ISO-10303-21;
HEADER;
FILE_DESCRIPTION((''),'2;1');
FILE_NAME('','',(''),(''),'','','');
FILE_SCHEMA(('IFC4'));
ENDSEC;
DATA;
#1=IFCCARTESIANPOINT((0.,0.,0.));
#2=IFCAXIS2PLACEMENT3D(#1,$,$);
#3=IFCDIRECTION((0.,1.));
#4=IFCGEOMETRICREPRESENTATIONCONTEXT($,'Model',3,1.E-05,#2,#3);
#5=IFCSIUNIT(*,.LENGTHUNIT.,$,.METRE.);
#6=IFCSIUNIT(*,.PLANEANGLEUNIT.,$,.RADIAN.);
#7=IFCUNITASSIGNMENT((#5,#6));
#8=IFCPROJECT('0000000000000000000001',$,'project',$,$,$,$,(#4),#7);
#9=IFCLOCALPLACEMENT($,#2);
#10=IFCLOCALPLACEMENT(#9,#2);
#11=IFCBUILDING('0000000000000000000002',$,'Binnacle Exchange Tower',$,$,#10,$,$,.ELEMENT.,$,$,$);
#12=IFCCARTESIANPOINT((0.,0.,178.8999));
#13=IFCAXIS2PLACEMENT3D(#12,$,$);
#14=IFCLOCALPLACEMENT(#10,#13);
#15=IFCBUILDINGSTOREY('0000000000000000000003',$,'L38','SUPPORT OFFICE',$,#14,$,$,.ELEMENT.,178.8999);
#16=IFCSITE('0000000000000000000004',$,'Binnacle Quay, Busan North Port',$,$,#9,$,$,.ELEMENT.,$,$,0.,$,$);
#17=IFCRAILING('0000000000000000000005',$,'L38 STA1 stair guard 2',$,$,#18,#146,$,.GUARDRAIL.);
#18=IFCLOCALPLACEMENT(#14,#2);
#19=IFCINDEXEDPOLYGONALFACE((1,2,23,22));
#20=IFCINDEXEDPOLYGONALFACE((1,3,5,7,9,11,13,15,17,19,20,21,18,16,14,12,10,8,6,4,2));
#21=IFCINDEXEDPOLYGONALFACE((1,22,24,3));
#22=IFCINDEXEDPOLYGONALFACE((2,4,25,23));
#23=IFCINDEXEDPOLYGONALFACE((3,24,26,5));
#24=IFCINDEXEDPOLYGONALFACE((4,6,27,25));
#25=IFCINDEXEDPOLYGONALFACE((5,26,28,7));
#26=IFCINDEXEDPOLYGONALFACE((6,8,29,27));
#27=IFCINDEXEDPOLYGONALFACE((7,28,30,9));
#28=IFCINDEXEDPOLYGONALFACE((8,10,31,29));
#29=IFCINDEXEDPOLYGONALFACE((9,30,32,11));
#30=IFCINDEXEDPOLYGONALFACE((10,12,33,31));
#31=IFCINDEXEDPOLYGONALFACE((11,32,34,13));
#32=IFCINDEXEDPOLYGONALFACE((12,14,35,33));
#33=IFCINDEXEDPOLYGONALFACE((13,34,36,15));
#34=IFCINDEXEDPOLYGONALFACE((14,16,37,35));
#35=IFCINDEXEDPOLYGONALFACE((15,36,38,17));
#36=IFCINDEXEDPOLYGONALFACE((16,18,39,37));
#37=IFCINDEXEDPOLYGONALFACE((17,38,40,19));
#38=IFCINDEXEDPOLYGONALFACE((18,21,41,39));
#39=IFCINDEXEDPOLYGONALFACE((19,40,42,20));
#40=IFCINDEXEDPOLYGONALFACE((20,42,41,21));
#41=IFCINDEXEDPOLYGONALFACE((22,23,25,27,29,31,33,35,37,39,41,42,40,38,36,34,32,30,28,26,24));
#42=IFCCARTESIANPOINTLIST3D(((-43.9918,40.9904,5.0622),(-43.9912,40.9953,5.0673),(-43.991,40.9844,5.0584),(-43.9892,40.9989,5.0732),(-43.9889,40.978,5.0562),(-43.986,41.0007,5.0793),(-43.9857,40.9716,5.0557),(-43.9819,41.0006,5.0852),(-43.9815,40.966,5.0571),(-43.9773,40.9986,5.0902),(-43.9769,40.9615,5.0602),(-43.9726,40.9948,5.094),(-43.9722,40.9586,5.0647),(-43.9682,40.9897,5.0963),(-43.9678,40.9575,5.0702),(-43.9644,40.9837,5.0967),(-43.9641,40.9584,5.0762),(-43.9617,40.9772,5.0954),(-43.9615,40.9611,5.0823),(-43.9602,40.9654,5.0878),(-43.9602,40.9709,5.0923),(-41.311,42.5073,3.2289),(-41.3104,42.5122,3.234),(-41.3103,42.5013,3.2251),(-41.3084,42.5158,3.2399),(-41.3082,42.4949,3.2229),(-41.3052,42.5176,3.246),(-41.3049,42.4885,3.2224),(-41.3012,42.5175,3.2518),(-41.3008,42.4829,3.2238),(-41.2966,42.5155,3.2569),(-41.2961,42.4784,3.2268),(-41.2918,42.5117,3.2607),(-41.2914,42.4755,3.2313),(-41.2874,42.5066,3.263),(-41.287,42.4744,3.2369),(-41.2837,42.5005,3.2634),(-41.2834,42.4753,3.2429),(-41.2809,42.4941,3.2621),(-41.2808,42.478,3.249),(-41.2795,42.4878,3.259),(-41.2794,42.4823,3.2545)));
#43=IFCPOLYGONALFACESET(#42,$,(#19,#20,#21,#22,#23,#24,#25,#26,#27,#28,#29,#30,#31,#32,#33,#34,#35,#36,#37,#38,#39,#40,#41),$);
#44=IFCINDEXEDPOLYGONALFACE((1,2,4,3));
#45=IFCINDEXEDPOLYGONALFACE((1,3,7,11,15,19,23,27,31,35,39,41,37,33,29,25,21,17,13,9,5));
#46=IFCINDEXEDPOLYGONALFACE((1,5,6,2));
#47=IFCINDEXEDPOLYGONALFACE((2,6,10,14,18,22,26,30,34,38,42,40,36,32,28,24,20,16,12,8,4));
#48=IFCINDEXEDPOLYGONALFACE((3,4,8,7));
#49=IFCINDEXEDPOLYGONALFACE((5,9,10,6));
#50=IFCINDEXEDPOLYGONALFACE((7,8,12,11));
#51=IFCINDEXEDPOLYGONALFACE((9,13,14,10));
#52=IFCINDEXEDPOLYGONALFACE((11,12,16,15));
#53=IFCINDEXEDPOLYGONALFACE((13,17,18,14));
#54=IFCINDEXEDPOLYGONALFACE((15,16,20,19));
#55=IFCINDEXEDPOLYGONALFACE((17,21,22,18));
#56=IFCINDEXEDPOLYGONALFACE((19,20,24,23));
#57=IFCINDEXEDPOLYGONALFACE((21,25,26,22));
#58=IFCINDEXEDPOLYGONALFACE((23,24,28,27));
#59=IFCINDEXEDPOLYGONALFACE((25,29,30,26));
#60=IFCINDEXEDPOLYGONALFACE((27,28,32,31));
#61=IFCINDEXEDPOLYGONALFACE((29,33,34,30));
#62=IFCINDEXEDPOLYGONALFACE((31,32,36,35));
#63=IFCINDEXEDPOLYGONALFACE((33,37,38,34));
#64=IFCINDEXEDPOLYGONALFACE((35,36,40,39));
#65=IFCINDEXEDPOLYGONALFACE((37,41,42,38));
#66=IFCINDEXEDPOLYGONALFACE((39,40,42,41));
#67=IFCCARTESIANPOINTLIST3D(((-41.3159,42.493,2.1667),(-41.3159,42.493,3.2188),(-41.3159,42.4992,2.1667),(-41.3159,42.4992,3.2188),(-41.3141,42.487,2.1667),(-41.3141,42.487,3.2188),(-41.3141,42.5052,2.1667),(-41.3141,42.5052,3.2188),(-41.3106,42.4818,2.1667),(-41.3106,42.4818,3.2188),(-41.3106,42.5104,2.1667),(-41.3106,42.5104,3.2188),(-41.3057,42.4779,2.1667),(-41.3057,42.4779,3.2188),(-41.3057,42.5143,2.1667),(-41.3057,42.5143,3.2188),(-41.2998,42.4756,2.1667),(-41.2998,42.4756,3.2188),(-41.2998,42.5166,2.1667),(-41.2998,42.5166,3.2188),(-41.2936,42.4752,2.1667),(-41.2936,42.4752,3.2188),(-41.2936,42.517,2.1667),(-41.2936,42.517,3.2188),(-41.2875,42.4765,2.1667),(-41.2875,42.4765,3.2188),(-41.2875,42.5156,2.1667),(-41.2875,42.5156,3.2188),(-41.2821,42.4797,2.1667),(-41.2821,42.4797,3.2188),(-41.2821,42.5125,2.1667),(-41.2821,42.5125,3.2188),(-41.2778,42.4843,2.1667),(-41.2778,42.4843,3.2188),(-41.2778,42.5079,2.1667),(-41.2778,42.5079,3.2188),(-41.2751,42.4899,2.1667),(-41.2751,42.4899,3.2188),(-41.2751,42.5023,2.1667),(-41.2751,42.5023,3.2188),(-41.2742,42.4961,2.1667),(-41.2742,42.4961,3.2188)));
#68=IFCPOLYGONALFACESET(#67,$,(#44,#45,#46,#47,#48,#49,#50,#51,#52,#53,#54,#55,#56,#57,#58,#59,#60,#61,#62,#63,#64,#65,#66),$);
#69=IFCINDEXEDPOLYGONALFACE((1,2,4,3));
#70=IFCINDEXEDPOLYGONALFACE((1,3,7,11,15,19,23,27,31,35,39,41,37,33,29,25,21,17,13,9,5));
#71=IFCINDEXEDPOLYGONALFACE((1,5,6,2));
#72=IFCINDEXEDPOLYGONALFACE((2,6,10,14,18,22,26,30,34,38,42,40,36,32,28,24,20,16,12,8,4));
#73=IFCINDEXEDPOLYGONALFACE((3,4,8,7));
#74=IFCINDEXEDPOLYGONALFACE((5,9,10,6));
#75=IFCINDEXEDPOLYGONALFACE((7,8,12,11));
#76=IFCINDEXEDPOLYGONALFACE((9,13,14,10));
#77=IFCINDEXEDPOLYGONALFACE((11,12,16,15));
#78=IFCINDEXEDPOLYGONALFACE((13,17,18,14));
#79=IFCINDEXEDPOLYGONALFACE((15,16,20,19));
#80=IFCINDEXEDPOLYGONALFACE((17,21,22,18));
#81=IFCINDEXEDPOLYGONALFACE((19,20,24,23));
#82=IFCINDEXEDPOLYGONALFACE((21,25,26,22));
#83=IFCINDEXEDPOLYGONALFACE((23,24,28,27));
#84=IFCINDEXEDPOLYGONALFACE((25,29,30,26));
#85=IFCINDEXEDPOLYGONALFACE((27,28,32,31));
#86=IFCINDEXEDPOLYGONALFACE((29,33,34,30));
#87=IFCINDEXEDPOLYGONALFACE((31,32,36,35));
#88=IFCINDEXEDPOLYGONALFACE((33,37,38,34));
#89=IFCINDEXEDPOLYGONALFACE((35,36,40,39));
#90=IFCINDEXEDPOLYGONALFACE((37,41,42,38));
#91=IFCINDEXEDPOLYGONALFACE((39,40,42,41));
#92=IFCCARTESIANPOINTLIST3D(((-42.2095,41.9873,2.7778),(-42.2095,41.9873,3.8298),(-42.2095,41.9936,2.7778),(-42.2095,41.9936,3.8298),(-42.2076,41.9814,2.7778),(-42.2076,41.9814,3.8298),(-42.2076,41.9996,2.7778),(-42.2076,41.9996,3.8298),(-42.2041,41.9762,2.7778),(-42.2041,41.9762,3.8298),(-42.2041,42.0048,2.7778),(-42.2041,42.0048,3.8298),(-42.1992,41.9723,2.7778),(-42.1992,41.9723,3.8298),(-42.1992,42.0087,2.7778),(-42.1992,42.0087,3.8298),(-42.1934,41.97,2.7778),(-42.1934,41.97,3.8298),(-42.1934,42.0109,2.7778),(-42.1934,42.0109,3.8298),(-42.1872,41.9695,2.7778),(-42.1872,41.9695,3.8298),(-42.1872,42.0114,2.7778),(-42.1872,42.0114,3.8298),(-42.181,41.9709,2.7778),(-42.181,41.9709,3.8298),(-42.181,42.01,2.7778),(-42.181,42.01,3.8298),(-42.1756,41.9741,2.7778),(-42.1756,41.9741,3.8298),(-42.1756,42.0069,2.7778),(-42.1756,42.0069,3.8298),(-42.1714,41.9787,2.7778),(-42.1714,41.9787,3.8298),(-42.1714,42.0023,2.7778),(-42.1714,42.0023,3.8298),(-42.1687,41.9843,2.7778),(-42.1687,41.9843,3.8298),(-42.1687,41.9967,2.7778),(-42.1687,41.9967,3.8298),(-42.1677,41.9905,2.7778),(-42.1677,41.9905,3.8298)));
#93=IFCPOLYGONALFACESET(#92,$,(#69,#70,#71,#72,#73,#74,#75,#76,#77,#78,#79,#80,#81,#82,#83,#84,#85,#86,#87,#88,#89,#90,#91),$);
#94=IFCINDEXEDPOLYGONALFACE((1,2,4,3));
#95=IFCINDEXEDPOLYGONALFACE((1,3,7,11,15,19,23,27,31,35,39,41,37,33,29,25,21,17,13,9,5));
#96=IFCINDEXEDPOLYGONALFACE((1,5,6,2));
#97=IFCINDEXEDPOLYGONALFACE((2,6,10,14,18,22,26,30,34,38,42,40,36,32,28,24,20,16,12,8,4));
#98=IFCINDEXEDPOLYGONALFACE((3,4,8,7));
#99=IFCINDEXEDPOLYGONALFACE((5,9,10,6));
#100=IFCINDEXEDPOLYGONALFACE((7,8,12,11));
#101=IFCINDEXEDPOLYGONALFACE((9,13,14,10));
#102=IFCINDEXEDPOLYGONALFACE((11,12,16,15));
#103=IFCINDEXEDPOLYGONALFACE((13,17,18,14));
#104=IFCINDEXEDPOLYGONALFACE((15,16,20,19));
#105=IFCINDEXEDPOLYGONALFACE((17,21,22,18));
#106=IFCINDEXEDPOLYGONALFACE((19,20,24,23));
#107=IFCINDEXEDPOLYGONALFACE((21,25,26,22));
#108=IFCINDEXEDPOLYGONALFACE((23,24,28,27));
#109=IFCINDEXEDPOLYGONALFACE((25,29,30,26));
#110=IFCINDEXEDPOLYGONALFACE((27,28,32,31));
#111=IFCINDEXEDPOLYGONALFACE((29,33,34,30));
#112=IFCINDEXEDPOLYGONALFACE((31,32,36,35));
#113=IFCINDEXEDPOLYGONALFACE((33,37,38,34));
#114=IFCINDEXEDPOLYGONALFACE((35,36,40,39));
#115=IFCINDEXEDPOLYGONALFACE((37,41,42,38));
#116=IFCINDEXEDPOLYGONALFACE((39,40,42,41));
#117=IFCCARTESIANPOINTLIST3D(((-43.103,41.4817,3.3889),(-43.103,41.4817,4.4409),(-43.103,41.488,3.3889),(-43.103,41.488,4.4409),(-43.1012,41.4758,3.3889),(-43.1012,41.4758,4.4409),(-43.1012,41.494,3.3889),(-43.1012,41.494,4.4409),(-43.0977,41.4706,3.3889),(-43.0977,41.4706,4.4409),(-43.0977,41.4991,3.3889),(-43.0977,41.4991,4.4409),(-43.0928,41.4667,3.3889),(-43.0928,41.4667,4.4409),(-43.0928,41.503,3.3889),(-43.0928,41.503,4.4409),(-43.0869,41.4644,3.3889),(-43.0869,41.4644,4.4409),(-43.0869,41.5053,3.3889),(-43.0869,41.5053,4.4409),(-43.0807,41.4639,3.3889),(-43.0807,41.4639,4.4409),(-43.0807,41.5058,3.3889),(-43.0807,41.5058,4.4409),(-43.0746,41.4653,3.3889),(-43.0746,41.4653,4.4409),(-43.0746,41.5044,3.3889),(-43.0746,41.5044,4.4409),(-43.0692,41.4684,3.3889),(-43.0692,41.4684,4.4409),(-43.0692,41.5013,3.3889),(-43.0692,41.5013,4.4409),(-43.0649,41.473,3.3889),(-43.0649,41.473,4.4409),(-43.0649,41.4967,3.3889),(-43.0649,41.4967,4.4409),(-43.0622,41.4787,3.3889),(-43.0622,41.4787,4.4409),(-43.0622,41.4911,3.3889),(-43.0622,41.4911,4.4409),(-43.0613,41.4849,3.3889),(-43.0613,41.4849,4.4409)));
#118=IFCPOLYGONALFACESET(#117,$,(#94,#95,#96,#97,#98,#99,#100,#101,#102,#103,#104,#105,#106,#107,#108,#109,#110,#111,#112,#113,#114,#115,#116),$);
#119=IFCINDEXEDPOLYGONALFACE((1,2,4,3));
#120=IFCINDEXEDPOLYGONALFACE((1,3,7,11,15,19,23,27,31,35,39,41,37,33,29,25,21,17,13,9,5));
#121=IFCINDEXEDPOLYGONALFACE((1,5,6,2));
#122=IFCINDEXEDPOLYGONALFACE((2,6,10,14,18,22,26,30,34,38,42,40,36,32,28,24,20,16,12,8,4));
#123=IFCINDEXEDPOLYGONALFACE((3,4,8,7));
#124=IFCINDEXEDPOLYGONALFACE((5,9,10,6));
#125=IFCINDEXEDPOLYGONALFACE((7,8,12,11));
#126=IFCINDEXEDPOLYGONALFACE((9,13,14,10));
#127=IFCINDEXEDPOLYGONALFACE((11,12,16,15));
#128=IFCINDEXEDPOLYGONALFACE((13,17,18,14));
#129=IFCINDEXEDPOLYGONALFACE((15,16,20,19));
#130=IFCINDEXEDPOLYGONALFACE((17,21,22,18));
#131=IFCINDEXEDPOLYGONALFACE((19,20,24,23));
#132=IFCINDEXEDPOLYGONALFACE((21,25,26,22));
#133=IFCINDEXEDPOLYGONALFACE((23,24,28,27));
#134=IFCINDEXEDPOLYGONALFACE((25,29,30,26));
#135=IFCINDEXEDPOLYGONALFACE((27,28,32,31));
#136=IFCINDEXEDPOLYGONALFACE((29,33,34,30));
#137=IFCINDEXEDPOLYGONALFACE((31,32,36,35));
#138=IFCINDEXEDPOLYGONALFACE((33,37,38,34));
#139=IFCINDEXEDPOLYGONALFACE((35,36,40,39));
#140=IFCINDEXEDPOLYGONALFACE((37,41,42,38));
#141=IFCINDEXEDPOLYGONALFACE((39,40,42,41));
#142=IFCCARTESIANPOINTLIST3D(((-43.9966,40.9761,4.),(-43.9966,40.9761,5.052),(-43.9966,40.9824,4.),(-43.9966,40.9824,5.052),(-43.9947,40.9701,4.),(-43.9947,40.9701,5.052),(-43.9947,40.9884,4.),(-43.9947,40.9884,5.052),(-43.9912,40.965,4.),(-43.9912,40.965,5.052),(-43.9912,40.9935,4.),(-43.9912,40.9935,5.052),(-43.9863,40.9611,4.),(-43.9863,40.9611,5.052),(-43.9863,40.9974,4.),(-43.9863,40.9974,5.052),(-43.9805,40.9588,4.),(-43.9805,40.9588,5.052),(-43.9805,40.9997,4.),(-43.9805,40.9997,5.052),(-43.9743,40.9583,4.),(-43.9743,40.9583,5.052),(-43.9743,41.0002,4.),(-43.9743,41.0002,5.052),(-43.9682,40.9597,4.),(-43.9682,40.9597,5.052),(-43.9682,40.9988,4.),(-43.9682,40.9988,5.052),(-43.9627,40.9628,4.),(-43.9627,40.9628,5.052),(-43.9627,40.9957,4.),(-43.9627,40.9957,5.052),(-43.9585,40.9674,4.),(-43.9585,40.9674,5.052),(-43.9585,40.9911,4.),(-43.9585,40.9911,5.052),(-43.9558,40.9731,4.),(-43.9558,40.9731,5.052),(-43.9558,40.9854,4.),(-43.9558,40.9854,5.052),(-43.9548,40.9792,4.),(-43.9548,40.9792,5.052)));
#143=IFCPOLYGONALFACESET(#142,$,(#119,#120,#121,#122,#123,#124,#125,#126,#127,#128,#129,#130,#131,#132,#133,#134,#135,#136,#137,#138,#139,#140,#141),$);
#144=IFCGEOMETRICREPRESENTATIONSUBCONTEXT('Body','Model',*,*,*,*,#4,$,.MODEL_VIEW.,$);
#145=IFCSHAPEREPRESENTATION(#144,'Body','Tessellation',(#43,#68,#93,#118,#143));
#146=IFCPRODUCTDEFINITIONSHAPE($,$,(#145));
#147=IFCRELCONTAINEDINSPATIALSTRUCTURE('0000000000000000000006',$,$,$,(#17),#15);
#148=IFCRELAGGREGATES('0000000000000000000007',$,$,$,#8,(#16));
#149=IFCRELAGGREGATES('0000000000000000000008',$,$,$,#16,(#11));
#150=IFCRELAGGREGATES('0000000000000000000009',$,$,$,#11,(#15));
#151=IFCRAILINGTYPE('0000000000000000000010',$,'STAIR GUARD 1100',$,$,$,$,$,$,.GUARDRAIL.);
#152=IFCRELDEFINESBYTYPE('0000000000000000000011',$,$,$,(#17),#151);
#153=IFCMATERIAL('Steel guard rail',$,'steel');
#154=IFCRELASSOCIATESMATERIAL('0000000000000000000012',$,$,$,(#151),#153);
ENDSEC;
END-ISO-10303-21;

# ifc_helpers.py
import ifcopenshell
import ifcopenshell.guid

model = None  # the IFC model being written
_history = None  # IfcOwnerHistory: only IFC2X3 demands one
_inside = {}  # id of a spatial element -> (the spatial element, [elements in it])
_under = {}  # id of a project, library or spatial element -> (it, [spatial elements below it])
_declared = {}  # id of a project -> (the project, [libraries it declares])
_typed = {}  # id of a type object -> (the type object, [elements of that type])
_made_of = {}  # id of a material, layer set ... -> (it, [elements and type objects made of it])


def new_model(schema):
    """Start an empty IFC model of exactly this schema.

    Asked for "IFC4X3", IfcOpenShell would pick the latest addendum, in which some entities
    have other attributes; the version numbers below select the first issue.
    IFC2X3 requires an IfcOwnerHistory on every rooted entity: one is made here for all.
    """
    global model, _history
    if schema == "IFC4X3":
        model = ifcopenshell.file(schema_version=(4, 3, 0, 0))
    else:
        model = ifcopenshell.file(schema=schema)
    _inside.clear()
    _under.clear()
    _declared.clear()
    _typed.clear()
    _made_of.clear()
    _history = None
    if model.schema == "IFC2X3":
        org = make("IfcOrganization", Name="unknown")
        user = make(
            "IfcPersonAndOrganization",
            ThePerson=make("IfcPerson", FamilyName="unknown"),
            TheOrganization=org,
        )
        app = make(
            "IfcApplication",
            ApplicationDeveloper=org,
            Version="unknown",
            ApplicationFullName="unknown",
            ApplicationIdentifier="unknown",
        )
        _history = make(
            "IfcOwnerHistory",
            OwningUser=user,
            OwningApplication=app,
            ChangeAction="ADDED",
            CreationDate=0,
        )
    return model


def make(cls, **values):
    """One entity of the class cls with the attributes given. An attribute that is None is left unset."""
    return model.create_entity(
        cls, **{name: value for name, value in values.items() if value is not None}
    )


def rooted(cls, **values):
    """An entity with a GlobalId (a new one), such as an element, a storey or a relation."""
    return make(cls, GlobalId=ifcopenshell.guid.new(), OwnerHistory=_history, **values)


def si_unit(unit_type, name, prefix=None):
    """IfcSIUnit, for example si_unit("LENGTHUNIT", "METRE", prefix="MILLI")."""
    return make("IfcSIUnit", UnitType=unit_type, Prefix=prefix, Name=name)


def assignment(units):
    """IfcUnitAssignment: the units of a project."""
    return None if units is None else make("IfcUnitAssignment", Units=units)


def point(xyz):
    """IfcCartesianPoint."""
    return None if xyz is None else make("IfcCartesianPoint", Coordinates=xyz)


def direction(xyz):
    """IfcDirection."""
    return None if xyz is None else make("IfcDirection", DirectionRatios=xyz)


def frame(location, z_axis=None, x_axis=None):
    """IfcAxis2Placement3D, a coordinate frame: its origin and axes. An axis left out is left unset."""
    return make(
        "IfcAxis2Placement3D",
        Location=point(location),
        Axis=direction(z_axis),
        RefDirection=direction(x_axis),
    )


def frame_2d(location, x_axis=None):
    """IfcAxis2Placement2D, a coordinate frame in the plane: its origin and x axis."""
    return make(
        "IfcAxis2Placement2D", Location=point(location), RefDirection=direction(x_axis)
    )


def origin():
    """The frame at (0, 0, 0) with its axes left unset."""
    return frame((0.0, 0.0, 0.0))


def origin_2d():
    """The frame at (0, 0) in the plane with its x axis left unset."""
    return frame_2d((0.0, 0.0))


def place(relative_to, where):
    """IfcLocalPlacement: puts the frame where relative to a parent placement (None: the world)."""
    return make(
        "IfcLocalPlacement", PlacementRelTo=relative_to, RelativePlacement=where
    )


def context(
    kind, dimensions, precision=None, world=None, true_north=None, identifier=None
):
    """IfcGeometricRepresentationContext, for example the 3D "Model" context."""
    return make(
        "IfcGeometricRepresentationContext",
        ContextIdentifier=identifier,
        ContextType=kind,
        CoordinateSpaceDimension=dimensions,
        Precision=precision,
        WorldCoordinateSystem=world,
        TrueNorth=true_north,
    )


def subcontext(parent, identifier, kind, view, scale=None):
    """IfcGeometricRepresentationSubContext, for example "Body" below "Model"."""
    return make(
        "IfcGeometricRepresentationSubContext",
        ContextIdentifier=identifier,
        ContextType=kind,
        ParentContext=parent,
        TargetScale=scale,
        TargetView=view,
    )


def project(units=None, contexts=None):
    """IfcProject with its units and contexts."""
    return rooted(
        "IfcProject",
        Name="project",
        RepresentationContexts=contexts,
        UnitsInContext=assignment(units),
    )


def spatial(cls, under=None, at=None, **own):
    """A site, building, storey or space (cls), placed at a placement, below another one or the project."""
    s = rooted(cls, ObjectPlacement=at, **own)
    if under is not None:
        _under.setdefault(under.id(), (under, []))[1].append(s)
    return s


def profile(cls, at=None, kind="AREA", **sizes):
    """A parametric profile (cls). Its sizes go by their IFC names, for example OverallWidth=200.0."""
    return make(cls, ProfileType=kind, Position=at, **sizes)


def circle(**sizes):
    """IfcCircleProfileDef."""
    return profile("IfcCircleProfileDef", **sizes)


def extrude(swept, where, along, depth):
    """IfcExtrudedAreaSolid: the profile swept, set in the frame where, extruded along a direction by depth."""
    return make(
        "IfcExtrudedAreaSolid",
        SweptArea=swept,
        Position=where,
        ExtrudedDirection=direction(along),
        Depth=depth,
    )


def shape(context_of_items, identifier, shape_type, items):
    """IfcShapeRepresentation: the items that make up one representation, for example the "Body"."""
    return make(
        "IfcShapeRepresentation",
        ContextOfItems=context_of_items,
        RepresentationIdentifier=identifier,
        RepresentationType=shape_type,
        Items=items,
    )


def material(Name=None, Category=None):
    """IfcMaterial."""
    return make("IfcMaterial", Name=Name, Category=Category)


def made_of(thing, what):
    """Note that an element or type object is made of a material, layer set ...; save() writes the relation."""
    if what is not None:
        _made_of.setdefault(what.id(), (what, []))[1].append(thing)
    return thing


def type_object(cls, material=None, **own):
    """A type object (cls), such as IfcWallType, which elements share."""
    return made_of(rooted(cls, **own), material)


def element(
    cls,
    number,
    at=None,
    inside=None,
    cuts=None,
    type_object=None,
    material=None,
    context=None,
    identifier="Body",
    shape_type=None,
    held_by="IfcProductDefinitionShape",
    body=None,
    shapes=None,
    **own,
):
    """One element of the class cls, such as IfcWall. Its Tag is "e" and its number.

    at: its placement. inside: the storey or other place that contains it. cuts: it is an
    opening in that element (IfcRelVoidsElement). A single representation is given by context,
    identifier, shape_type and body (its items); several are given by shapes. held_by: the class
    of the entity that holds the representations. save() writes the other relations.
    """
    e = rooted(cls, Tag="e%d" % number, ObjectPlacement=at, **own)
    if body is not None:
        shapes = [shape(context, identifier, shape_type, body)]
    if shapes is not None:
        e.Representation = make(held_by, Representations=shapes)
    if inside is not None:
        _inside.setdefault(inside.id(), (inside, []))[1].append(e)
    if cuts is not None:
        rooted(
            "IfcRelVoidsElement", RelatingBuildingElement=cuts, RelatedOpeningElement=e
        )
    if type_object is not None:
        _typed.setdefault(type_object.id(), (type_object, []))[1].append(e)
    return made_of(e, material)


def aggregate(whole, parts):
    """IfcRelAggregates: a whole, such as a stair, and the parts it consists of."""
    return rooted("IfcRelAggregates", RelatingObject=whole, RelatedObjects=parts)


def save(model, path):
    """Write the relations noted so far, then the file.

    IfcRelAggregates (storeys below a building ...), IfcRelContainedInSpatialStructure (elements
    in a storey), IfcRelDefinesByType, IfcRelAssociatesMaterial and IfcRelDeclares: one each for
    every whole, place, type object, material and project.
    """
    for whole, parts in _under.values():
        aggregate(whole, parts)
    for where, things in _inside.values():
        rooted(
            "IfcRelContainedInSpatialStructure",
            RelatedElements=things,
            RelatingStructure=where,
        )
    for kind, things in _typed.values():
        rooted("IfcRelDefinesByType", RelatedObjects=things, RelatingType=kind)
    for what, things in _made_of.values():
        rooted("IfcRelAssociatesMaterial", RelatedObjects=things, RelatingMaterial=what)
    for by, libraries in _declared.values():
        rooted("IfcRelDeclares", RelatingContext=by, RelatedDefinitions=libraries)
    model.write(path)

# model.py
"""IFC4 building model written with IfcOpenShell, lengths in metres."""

from ifc_helpers import new_model, si_unit, direction, frame, origin, origin_2d, place, context, subcontext, project, spatial, circle, extrude, material, type_object, element, save


model = new_model("IFC4")

# Units and contexts
model_context = context("Model", 3, precision=1e-05, world=origin(), true_north=direction((0.0, 1.0)))
body_context = subcontext(model_context, "Body", "Model", "MODEL_VIEW")
ifc_project = project(units=[si_unit("LENGTHUNIT", "METRE"), si_unit("PLANEANGLEUNIT", "RADIAN")], contexts=[model_context])

# Site, building, storey
site_placement = place(None, origin())
site = spatial("IfcSite", under=ifc_project, at=site_placement, Name="Binnacle Quay, Busan North Port", CompositionType="ELEMENT", RefElevation=0.0)
building_placement = place(site_placement, origin())
building = spatial("IfcBuilding", under=site, at=building_placement, Name="Binnacle Exchange Tower", CompositionType="ELEMENT")
storey_placement = place(building_placement, frame((0.0, 0.0, 178.8999)))
storey = spatial("IfcBuildingStorey", under=building, at=storey_placement, Name="L38", Description="SUPPORT OFFICE", CompositionType="ELEMENT", Elevation=178.8999)

# Railing
ifc_material_1 = material(Name="Steel guard rail", Category="steel")
railing_type = type_object("IfcRailingType", Name="STAIR GUARD 1100", PredefinedType="GUARDRAIL", material=ifc_material_1)
railing_placement = place(storey_placement, frame((-41.2952, 42.4961, 2.1667)))
element("IfcRailing", 1, at=railing_placement, inside=storey, type_object=railing_type, Name="L38 STA1 stair guard 2", PredefinedType="GUARDRAIL", context=body_context, shape_type="SweptSolid", body=[
    extrude(circle(Radius=0.0239, at=origin_2d()), frame((0.0, 0.0, 1.0762), z_axis=(-0.747879, -0.423185, 0.51146), x_axis=(0.492472, -0.870328, 0.0)), (0.0, 0.0, 1.0), 3.5845),
    extrude(circle(Radius=0.021, at=origin_2d()), origin(), (0.0, 0.0, 1.0), 1.052),
    extrude(circle(Radius=0.021, at=origin_2d()), frame((-0.8936, -0.5056, 0.6111)), (0.0, 0.0, 1.0), 1.052),
    extrude(circle(Radius=0.021, at=origin_2d()), frame((-1.7871, -1.0112, 1.2222)), (0.0, 0.0, 1.0), 1.052),
    extrude(circle(Radius=0.021, at=origin_2d()), frame((-2.6807, -1.5168, 1.8333)), (0.0, 0.0, 1.0), 1.052),
])

save(model, "model.ifc")
